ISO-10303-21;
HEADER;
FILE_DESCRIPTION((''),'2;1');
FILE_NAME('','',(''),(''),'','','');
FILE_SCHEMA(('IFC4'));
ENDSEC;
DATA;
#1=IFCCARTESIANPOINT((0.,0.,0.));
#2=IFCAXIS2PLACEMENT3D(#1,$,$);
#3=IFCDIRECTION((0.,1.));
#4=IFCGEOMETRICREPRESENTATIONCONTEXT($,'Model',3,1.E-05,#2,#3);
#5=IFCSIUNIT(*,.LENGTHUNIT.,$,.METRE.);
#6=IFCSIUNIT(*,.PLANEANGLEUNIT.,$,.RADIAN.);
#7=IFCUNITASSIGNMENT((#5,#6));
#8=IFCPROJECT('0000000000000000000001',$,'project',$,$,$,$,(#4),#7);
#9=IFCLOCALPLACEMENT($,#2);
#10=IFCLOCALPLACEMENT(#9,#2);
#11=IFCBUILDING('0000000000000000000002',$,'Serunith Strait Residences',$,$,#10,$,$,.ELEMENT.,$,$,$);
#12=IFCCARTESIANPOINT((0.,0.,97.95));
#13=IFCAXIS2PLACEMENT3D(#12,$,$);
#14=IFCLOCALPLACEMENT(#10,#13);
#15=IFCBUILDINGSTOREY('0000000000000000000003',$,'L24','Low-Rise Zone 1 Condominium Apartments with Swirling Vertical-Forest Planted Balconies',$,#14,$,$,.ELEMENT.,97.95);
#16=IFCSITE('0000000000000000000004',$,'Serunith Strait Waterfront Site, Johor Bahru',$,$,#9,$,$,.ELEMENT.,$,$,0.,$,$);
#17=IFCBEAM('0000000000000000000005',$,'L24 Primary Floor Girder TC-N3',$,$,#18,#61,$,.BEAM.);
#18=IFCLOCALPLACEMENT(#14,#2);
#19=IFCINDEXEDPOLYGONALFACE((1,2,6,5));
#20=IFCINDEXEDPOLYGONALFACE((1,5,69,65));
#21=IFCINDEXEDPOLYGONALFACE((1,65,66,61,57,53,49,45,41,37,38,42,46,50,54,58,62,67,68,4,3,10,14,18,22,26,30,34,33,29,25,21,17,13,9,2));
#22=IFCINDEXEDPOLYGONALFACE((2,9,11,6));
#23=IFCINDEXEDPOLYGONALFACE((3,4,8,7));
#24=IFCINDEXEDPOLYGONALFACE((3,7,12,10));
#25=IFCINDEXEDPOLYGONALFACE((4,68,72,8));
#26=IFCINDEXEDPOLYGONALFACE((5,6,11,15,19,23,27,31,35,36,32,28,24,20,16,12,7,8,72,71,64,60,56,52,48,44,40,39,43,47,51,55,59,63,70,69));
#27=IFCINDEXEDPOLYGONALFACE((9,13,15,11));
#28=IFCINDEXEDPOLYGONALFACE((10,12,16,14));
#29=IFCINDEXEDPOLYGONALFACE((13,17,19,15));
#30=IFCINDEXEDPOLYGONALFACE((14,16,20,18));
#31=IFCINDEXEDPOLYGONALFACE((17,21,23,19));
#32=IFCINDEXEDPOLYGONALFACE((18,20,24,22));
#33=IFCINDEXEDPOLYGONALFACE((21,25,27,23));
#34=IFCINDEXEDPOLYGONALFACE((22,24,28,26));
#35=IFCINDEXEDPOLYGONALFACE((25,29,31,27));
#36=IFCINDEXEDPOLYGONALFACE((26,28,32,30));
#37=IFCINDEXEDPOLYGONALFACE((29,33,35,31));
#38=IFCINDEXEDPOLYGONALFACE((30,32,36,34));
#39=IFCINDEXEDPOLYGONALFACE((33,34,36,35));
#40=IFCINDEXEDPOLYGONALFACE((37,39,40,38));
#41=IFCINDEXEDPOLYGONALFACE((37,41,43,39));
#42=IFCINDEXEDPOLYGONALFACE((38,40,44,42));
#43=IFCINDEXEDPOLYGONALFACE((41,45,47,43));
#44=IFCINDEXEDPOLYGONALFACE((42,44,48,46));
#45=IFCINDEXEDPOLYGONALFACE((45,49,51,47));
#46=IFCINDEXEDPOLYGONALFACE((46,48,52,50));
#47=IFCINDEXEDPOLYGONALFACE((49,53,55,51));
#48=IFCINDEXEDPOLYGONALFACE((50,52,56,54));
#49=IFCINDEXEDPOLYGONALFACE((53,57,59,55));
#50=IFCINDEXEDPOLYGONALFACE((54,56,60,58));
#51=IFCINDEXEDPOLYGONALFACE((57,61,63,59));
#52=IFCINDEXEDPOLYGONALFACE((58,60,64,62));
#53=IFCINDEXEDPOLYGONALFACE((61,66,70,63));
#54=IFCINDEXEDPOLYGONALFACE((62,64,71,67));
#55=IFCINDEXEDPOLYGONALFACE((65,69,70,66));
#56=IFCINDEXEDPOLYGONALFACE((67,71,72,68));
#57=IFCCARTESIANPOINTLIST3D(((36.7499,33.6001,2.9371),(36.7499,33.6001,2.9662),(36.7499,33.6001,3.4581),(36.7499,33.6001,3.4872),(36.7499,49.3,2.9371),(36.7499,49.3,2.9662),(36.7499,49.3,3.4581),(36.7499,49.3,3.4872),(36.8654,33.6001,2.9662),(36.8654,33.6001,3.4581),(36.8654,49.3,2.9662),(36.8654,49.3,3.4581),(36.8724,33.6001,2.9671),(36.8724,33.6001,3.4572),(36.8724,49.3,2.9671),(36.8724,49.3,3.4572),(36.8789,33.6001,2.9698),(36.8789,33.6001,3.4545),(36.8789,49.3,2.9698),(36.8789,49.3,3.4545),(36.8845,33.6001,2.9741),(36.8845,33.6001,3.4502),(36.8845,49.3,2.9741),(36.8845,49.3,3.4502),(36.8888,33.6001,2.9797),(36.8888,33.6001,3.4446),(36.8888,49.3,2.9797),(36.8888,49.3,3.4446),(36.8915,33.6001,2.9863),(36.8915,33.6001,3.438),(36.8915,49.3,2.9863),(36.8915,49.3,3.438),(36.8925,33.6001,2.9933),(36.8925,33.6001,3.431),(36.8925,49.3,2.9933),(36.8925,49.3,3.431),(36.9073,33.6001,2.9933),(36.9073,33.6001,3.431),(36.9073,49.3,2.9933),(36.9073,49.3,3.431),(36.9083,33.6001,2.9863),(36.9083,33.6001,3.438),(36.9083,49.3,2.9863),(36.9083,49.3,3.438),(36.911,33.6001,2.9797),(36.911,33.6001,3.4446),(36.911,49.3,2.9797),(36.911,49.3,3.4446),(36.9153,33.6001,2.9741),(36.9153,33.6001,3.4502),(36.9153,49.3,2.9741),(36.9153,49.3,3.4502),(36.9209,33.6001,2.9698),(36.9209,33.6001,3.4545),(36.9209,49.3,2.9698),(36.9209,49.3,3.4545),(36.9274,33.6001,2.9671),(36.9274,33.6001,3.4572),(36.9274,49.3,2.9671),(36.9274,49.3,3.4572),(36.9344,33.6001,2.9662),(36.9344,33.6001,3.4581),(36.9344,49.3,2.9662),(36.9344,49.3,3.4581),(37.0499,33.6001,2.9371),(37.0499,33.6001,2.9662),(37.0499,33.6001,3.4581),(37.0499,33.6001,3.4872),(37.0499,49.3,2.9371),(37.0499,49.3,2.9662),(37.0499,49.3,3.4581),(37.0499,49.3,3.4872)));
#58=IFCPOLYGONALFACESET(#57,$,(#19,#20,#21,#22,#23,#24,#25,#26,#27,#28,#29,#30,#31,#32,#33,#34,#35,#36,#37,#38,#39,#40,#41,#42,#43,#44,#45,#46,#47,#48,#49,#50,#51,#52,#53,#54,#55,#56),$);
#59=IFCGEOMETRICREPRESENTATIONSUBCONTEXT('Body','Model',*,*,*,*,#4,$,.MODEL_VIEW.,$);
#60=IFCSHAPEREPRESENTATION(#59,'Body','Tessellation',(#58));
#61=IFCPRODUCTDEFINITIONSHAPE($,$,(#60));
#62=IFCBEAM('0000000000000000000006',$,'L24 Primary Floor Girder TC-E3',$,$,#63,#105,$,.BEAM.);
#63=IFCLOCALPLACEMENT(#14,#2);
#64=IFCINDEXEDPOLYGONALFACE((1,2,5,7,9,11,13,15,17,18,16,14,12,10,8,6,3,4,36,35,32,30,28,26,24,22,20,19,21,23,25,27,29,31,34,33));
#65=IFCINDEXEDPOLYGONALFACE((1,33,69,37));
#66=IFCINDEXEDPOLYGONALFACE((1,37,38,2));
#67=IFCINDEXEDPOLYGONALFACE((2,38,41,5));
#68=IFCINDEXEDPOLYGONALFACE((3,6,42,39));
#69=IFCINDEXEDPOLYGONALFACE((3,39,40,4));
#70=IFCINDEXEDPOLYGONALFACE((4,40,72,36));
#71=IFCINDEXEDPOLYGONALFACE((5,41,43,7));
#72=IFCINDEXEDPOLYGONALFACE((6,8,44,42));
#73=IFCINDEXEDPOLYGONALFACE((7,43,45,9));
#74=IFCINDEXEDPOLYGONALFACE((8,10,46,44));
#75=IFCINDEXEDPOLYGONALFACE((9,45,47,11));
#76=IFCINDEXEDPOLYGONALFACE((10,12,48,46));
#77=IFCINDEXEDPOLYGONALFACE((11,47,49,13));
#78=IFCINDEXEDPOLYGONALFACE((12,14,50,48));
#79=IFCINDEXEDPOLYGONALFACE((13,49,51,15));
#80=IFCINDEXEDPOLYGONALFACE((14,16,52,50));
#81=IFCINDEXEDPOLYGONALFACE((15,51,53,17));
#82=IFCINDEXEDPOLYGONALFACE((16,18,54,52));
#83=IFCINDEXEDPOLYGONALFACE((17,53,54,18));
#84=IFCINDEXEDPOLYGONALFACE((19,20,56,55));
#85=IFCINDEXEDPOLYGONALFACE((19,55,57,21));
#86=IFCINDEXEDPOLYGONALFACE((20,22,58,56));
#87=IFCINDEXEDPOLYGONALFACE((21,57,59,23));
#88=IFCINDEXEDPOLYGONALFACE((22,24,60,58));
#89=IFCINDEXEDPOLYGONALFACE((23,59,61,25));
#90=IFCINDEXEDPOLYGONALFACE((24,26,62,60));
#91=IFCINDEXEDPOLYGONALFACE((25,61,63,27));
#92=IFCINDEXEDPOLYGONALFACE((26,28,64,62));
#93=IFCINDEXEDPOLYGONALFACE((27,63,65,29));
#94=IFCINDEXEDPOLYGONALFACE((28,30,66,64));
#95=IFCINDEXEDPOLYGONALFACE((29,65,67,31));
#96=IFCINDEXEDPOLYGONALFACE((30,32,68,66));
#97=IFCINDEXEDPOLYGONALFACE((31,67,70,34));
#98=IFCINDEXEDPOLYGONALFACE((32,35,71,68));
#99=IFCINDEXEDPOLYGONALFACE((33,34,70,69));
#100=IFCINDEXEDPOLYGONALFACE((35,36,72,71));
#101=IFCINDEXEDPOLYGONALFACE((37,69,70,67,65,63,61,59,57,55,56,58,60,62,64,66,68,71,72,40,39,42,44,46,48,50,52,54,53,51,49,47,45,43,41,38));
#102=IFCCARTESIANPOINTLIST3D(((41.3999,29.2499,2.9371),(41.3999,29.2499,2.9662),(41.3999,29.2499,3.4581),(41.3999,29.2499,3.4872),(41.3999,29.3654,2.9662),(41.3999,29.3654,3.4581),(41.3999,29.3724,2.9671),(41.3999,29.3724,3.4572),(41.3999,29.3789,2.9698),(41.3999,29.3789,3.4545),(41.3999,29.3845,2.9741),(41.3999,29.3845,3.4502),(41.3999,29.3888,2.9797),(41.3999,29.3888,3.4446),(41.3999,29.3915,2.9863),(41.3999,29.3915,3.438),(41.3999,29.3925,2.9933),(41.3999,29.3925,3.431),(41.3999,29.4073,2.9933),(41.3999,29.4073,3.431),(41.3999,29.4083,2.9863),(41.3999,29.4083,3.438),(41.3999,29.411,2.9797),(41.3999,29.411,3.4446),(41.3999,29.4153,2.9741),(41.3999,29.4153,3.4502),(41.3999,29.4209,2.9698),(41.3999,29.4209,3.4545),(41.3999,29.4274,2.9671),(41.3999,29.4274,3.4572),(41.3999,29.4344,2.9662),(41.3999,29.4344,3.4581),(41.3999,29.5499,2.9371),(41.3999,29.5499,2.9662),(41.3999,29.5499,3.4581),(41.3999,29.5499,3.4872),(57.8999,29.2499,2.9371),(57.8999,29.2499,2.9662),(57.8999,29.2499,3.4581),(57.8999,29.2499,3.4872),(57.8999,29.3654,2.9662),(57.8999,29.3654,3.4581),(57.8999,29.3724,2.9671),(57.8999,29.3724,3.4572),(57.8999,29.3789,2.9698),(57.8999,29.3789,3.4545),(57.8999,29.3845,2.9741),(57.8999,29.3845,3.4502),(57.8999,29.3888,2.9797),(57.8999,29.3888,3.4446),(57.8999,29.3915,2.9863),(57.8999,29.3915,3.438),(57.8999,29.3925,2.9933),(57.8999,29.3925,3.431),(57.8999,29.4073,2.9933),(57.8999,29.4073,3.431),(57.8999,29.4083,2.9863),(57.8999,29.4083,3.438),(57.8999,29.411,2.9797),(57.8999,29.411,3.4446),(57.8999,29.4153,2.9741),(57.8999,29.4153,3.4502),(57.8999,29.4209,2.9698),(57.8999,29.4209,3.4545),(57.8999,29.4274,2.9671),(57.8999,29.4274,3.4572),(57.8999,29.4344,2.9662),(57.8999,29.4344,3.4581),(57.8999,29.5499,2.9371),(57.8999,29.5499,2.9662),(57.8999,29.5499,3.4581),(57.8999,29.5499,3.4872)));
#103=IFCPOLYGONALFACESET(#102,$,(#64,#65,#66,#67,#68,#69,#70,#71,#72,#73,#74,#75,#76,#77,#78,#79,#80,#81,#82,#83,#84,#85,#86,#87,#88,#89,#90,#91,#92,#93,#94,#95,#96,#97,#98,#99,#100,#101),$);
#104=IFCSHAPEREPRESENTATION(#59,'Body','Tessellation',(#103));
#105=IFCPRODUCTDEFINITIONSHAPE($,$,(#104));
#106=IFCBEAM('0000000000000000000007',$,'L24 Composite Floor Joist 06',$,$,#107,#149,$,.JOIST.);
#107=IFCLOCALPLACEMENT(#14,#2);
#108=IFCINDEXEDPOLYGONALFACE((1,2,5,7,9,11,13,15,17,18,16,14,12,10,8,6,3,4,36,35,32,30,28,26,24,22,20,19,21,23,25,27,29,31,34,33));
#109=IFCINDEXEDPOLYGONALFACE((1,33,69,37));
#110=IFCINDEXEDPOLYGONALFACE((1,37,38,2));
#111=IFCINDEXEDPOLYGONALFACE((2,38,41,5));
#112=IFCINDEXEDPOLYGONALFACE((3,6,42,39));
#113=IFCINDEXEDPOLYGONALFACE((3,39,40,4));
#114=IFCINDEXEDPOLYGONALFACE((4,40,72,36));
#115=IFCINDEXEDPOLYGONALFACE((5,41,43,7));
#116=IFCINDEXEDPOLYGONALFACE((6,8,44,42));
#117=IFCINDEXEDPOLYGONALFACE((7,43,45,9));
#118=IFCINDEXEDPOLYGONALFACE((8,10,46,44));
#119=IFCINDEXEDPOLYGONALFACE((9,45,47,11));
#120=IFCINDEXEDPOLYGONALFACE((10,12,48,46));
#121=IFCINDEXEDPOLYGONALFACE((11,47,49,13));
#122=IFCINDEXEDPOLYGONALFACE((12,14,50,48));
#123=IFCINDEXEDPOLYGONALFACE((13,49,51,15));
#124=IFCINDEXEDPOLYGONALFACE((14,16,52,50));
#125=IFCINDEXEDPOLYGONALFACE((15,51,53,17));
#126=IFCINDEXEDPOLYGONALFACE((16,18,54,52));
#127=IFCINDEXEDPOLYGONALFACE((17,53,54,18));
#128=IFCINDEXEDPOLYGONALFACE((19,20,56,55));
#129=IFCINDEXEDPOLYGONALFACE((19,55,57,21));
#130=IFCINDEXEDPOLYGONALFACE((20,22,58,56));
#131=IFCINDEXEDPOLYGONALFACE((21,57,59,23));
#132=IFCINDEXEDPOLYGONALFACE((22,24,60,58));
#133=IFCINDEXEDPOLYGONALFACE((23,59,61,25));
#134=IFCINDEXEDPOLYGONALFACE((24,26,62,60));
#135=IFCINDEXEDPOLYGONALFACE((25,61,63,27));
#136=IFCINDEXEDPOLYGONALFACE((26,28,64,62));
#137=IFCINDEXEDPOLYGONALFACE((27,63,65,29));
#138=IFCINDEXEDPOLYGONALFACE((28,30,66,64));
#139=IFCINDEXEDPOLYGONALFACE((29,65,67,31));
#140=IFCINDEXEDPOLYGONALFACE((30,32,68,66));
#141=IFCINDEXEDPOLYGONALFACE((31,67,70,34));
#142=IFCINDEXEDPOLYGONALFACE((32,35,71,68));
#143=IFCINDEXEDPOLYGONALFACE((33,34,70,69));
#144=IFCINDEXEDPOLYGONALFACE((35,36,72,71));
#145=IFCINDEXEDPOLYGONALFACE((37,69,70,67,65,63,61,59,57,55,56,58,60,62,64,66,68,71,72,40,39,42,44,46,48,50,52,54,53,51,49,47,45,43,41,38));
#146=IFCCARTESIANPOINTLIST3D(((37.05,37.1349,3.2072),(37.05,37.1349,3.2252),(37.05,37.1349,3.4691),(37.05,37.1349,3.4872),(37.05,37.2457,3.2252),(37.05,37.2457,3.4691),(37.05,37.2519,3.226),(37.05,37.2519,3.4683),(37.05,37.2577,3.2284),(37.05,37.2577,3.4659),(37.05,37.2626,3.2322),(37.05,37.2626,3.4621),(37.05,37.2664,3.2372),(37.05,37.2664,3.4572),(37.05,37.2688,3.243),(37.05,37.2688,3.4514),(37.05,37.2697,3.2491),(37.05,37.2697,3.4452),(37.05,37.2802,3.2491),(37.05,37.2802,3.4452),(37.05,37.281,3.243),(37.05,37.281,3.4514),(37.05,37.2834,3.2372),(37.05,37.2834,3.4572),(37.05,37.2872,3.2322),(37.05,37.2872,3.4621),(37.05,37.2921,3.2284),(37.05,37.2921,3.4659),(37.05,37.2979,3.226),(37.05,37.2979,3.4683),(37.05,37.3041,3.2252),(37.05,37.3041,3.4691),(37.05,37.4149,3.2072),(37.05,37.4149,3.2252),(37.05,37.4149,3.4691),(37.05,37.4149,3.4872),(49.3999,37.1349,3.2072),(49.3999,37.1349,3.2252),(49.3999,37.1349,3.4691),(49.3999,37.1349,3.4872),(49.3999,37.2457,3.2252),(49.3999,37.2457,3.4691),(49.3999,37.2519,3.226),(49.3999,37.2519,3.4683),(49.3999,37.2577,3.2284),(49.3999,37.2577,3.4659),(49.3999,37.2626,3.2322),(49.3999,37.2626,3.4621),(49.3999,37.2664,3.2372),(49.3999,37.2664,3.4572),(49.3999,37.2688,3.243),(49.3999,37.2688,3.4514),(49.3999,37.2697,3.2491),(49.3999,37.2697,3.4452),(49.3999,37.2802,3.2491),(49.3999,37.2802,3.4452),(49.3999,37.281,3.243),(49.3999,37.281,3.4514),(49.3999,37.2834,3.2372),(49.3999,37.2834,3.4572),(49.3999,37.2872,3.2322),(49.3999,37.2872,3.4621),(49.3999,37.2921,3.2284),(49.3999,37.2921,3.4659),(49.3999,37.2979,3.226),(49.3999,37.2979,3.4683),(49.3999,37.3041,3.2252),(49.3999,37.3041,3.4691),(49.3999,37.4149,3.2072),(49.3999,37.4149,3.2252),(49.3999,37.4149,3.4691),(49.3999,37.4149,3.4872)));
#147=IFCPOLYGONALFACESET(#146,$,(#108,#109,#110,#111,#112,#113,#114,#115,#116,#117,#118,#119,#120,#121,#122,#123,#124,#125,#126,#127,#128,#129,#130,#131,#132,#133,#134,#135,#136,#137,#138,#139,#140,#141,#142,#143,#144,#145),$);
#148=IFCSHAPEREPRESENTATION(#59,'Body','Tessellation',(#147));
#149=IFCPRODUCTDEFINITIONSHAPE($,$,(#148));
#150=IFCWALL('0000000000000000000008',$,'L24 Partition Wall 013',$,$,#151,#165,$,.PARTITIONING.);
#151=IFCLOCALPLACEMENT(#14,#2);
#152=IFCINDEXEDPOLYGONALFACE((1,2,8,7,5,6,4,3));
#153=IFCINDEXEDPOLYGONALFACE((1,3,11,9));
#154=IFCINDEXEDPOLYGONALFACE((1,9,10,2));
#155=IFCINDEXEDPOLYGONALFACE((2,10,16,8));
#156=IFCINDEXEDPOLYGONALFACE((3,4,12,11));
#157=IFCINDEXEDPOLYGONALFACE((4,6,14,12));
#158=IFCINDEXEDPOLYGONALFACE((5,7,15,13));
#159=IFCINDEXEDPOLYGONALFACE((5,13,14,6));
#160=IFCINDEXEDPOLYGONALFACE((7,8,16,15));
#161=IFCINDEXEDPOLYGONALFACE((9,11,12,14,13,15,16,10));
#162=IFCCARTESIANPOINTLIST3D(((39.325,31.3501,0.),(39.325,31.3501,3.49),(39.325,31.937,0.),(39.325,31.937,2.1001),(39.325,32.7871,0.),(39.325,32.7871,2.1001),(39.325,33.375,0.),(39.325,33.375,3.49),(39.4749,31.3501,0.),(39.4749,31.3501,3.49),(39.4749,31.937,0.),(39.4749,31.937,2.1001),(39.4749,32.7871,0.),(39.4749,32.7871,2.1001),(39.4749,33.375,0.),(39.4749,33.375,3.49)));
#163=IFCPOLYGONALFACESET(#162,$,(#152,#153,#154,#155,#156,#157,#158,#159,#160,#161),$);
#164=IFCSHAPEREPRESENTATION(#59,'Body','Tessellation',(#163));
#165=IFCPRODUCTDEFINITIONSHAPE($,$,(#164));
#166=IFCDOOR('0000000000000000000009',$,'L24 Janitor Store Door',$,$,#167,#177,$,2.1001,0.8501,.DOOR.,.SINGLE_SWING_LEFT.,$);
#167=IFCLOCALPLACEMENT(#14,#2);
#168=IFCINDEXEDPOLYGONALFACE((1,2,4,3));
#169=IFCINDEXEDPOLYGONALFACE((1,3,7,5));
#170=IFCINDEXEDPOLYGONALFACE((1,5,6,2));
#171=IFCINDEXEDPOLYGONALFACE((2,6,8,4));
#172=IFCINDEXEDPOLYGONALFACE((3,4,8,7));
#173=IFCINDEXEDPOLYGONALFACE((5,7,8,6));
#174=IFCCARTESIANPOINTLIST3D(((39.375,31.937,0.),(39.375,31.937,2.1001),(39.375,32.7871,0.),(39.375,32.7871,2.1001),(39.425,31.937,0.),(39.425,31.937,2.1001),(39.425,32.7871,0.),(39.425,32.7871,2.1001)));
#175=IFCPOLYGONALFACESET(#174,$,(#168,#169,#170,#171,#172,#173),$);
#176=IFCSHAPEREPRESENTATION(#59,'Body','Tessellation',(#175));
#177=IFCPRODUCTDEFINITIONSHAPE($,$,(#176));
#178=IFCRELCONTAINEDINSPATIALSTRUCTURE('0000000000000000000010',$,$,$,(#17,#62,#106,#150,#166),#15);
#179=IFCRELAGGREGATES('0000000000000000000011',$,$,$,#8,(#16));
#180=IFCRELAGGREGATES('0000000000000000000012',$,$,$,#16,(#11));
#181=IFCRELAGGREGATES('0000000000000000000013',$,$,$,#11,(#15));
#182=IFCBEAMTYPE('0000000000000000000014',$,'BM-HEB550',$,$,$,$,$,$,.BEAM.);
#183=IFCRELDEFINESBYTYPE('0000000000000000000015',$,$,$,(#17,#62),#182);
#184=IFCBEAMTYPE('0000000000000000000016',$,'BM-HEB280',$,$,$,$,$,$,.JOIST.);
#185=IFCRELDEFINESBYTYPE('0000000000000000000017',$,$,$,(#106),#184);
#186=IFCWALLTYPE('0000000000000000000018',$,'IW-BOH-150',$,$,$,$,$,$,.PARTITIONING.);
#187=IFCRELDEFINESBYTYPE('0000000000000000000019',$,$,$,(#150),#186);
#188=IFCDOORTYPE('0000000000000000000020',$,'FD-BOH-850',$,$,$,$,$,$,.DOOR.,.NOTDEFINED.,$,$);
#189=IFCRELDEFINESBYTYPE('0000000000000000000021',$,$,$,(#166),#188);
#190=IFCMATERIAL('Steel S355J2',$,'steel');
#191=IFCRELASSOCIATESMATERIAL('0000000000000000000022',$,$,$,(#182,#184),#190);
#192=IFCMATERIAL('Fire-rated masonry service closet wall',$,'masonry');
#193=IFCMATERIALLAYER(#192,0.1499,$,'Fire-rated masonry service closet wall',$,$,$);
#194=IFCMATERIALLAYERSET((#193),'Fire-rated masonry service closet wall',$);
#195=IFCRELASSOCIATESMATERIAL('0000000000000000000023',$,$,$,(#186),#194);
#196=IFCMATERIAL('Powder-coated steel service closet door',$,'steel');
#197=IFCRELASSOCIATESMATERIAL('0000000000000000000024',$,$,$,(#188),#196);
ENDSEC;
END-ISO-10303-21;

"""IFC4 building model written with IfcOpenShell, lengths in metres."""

from ifc_helpers import new_model, si_unit, direction, frame, frame_2d, origin, origin_2d, place, context, subcontext, project, spatial, rectangle, i_section, extrude, source, transform, mapped, material, layer, layer_set, material_profile, profile_set, type_object, element, fill, save


model = new_model("IFC4")

# Units and contexts
model_context = context("Model", 3, precision=1e-05, world=origin(), true_north=direction((0.0, 1.0)))
body_context = subcontext(model_context, "Body", "Model", "MODEL_VIEW")
ifc_project = project(units=[si_unit("LENGTHUNIT", "METRE"), si_unit("PLANEANGLEUNIT", "RADIAN")], contexts=[model_context])

# Site, building, storey
site_placement = place(None, origin())
site = spatial("IfcSite", under=ifc_project, at=site_placement, Name="Serunith Strait Waterfront Site, Johor Bahru", CompositionType="ELEMENT", RefElevation=0.0)
building_placement = place(site_placement, origin())
building = spatial("IfcBuilding", under=site, at=building_placement, Name="Serunith Strait Residences", CompositionType="ELEMENT")
storey_placement = place(building_placement, frame((0.0, 0.0, 97.95)))
storey = spatial("IfcBuildingStorey", under=building, at=storey_placement, Name="L24", Description="Low-Rise Zone 1 Condominium Apartments with Swirling Vertical-Forest Planted Balconies", CompositionType="ELEMENT", Elevation=97.95)

# Beams
ifc_material_1 = material(Name="Steel S355J2", Category="steel")
ifc_material_profile_1 = material_profile(ifc_material_1, i_section(OverallWidth=0.3, OverallDepth=0.55, WebThickness=0.0149, FlangeThickness=0.0291, FilletRadius=0.0271, at=origin_2d()), Name="HEB 550")
ifc_profile_set_1 = profile_set([ifc_material_profile_1], Name="Steel S355J2")
beam_type_1 = type_object("IfcBeamType", Name="BM-HEB550", PredefinedType="BEAM", material=ifc_profile_set_1)
shared_shape_1 = source(origin(), body_context, "Body", "SweptSolid", [
    extrude(i_section(OverallWidth=0.3, OverallDepth=0.55, WebThickness=0.0149, FlangeThickness=0.0291, FilletRadius=0.0271, at=origin_2d()), origin(), (0.0, 0.0, 1.0), 15.7),
])
beam_1_placement = place(storey_placement, frame((36.8999, 33.6001, 3.2122), z_axis=(0.0, 1.0, 0.0), x_axis=(-1.0, 0.0, 0.0)))
element("IfcBeam", 1, at=beam_1_placement, inside=storey, type_object=beam_type_1, Name="L24 Primary Floor Girder TC-N3", PredefinedType="BEAM", context=body_context, shape_type="MappedRepresentation", body=[
    mapped(shared_shape_1, transform((0.0, 0.0, 0.0), scale=1.0)),
])
shared_shape_2 = source(origin(), body_context, "Body", "SweptSolid", [
    extrude(i_section(OverallWidth=0.3, OverallDepth=0.55, WebThickness=0.0149, FlangeThickness=0.0291, FilletRadius=0.0271, at=origin_2d()), origin(), (0.0, 0.0, 1.0), 16.5),
])
beam_2_placement = place(storey_placement, frame((41.3999, 29.3999, 3.2122), z_axis=(1.0, 0.0, 0.0), x_axis=(0.0, 1.0, 0.0)))
element("IfcBeam", 2, at=beam_2_placement, inside=storey, type_object=beam_type_1, Name="L24 Primary Floor Girder TC-E3", PredefinedType="BEAM", context=body_context, shape_type="MappedRepresentation", body=[
    mapped(shared_shape_2, transform((0.0, 0.0, 0.0), scale=1.0)),
])
ifc_material_profile_2 = material_profile(ifc_material_1, i_section(OverallWidth=0.28, OverallDepth=0.28, WebThickness=0.0105, FlangeThickness=0.0181, FilletRadius=0.0239, at=origin_2d()), Name="HEB 280")
ifc_profile_set_2 = profile_set([ifc_material_profile_2], Name="Steel S355J2")
beam_type_2 = type_object("IfcBeamType", Name="BM-HEB280", PredefinedType="JOIST", material=ifc_profile_set_2)
shared_shape_3 = source(origin(), body_context, "Body", "SweptSolid", [
    extrude(i_section(OverallWidth=0.28, OverallDepth=0.28, WebThickness=0.0105, FlangeThickness=0.0181, FilletRadius=0.0239, at=origin_2d()), origin(), (0.0, 0.0, 1.0), 12.3499),
])
beam_3_placement = place(storey_placement, frame((37.05, 37.2749, 3.3472), z_axis=(1.0, 0.0, 0.0), x_axis=(0.0, 1.0, 0.0)))
element("IfcBeam", 3, at=beam_3_placement, inside=storey, type_object=beam_type_2, Name="L24 Composite Floor Joist 06", PredefinedType="JOIST", context=body_context, shape_type="MappedRepresentation", body=[
    mapped(shared_shape_3, transform((0.0, 0.0, 0.0), scale=1.0)),
])

# Wall, opening, door
ifc_material_2 = material(Name="Fire-rated masonry service closet wall", Category="masonry")
ifc_layer_1 = layer(ifc_material_2, 0.1499, Name="Fire-rated masonry service closet wall")
ifc_layer_set_1 = layer_set([ifc_layer_1], Name="Fire-rated masonry service closet wall")
wall_type_1 = type_object("IfcWallType", Name="IW-BOH-150", PredefinedType="PARTITIONING", material=ifc_layer_set_1)
wall_1_placement = place(storey_placement, frame((39.3999, 31.3501, 0.0), z_axis=(0.0, 0.0, 1.0), x_axis=(0.0, 1.0, 0.0)))
wall_1 = element("IfcWall", 4, at=wall_1_placement, inside=storey, type_object=wall_type_1, Name="L24 Partition Wall 013", PredefinedType="PARTITIONING", context=body_context, shape_type="SweptSolid", body=[
    extrude(rectangle(XDim=2.0249, YDim=0.1499, at=frame_2d((1.0125, 0.0))), origin(), (0.0, 0.0, 1.0), 3.49),
])
opening_1_placement = place(wall_1_placement, frame((0.5869, 0.0, 0.0)))
opening_1 = element("IfcOpeningElement", 5, at=opening_1_placement, cuts=wall_1, PredefinedType="OPENING", context=body_context, shape_type="SweptSolid", body=[
    extrude(rectangle(XDim=0.8501, YDim=2.1001, at=frame_2d((0.425, 1.05))), frame((0.0, 0.085, 0.0), z_axis=(0.0, -1.0, 0.0), x_axis=(1.0, 0.0, 0.0)), (0.0, 0.0, 1.0), 0.1699),
])
ifc_material_3 = material(Name="Powder-coated steel service closet door", Category="steel")
door_type_1 = type_object("IfcDoorType", Name="FD-BOH-850", OperationType="NOTDEFINED", PredefinedType="DOOR", material=ifc_material_3)
shared_shape_4 = source(origin(), body_context, "Body", "SweptSolid", [
    extrude(rectangle(XDim=0.8501, YDim=2.1001, at=frame_2d((0.425, 1.05))), frame((0.0, 0.0249, 0.0), z_axis=(0.0, -1.0, 0.0), x_axis=(1.0, 0.0, 0.0)), (0.0, 0.0, 1.0), 0.05),
])
door_1_placement = place(opening_1_placement, origin())
door_1 = element("IfcDoor", 6, at=door_1_placement, inside=storey, type_object=door_type_1, Name="L24 Janitor Store Door", OperationType="SINGLE_SWING_LEFT", OverallHeight=2.1001, OverallWidth=0.8501, PredefinedType="DOOR", context=body_context, shape_type="MappedRepresentation", body=[
    mapped(shared_shape_4, transform((0.0, 0.0, 0.0), scale=1.0)),
])
fill(opening_1, door_1)

save(model, "model.ifc")
